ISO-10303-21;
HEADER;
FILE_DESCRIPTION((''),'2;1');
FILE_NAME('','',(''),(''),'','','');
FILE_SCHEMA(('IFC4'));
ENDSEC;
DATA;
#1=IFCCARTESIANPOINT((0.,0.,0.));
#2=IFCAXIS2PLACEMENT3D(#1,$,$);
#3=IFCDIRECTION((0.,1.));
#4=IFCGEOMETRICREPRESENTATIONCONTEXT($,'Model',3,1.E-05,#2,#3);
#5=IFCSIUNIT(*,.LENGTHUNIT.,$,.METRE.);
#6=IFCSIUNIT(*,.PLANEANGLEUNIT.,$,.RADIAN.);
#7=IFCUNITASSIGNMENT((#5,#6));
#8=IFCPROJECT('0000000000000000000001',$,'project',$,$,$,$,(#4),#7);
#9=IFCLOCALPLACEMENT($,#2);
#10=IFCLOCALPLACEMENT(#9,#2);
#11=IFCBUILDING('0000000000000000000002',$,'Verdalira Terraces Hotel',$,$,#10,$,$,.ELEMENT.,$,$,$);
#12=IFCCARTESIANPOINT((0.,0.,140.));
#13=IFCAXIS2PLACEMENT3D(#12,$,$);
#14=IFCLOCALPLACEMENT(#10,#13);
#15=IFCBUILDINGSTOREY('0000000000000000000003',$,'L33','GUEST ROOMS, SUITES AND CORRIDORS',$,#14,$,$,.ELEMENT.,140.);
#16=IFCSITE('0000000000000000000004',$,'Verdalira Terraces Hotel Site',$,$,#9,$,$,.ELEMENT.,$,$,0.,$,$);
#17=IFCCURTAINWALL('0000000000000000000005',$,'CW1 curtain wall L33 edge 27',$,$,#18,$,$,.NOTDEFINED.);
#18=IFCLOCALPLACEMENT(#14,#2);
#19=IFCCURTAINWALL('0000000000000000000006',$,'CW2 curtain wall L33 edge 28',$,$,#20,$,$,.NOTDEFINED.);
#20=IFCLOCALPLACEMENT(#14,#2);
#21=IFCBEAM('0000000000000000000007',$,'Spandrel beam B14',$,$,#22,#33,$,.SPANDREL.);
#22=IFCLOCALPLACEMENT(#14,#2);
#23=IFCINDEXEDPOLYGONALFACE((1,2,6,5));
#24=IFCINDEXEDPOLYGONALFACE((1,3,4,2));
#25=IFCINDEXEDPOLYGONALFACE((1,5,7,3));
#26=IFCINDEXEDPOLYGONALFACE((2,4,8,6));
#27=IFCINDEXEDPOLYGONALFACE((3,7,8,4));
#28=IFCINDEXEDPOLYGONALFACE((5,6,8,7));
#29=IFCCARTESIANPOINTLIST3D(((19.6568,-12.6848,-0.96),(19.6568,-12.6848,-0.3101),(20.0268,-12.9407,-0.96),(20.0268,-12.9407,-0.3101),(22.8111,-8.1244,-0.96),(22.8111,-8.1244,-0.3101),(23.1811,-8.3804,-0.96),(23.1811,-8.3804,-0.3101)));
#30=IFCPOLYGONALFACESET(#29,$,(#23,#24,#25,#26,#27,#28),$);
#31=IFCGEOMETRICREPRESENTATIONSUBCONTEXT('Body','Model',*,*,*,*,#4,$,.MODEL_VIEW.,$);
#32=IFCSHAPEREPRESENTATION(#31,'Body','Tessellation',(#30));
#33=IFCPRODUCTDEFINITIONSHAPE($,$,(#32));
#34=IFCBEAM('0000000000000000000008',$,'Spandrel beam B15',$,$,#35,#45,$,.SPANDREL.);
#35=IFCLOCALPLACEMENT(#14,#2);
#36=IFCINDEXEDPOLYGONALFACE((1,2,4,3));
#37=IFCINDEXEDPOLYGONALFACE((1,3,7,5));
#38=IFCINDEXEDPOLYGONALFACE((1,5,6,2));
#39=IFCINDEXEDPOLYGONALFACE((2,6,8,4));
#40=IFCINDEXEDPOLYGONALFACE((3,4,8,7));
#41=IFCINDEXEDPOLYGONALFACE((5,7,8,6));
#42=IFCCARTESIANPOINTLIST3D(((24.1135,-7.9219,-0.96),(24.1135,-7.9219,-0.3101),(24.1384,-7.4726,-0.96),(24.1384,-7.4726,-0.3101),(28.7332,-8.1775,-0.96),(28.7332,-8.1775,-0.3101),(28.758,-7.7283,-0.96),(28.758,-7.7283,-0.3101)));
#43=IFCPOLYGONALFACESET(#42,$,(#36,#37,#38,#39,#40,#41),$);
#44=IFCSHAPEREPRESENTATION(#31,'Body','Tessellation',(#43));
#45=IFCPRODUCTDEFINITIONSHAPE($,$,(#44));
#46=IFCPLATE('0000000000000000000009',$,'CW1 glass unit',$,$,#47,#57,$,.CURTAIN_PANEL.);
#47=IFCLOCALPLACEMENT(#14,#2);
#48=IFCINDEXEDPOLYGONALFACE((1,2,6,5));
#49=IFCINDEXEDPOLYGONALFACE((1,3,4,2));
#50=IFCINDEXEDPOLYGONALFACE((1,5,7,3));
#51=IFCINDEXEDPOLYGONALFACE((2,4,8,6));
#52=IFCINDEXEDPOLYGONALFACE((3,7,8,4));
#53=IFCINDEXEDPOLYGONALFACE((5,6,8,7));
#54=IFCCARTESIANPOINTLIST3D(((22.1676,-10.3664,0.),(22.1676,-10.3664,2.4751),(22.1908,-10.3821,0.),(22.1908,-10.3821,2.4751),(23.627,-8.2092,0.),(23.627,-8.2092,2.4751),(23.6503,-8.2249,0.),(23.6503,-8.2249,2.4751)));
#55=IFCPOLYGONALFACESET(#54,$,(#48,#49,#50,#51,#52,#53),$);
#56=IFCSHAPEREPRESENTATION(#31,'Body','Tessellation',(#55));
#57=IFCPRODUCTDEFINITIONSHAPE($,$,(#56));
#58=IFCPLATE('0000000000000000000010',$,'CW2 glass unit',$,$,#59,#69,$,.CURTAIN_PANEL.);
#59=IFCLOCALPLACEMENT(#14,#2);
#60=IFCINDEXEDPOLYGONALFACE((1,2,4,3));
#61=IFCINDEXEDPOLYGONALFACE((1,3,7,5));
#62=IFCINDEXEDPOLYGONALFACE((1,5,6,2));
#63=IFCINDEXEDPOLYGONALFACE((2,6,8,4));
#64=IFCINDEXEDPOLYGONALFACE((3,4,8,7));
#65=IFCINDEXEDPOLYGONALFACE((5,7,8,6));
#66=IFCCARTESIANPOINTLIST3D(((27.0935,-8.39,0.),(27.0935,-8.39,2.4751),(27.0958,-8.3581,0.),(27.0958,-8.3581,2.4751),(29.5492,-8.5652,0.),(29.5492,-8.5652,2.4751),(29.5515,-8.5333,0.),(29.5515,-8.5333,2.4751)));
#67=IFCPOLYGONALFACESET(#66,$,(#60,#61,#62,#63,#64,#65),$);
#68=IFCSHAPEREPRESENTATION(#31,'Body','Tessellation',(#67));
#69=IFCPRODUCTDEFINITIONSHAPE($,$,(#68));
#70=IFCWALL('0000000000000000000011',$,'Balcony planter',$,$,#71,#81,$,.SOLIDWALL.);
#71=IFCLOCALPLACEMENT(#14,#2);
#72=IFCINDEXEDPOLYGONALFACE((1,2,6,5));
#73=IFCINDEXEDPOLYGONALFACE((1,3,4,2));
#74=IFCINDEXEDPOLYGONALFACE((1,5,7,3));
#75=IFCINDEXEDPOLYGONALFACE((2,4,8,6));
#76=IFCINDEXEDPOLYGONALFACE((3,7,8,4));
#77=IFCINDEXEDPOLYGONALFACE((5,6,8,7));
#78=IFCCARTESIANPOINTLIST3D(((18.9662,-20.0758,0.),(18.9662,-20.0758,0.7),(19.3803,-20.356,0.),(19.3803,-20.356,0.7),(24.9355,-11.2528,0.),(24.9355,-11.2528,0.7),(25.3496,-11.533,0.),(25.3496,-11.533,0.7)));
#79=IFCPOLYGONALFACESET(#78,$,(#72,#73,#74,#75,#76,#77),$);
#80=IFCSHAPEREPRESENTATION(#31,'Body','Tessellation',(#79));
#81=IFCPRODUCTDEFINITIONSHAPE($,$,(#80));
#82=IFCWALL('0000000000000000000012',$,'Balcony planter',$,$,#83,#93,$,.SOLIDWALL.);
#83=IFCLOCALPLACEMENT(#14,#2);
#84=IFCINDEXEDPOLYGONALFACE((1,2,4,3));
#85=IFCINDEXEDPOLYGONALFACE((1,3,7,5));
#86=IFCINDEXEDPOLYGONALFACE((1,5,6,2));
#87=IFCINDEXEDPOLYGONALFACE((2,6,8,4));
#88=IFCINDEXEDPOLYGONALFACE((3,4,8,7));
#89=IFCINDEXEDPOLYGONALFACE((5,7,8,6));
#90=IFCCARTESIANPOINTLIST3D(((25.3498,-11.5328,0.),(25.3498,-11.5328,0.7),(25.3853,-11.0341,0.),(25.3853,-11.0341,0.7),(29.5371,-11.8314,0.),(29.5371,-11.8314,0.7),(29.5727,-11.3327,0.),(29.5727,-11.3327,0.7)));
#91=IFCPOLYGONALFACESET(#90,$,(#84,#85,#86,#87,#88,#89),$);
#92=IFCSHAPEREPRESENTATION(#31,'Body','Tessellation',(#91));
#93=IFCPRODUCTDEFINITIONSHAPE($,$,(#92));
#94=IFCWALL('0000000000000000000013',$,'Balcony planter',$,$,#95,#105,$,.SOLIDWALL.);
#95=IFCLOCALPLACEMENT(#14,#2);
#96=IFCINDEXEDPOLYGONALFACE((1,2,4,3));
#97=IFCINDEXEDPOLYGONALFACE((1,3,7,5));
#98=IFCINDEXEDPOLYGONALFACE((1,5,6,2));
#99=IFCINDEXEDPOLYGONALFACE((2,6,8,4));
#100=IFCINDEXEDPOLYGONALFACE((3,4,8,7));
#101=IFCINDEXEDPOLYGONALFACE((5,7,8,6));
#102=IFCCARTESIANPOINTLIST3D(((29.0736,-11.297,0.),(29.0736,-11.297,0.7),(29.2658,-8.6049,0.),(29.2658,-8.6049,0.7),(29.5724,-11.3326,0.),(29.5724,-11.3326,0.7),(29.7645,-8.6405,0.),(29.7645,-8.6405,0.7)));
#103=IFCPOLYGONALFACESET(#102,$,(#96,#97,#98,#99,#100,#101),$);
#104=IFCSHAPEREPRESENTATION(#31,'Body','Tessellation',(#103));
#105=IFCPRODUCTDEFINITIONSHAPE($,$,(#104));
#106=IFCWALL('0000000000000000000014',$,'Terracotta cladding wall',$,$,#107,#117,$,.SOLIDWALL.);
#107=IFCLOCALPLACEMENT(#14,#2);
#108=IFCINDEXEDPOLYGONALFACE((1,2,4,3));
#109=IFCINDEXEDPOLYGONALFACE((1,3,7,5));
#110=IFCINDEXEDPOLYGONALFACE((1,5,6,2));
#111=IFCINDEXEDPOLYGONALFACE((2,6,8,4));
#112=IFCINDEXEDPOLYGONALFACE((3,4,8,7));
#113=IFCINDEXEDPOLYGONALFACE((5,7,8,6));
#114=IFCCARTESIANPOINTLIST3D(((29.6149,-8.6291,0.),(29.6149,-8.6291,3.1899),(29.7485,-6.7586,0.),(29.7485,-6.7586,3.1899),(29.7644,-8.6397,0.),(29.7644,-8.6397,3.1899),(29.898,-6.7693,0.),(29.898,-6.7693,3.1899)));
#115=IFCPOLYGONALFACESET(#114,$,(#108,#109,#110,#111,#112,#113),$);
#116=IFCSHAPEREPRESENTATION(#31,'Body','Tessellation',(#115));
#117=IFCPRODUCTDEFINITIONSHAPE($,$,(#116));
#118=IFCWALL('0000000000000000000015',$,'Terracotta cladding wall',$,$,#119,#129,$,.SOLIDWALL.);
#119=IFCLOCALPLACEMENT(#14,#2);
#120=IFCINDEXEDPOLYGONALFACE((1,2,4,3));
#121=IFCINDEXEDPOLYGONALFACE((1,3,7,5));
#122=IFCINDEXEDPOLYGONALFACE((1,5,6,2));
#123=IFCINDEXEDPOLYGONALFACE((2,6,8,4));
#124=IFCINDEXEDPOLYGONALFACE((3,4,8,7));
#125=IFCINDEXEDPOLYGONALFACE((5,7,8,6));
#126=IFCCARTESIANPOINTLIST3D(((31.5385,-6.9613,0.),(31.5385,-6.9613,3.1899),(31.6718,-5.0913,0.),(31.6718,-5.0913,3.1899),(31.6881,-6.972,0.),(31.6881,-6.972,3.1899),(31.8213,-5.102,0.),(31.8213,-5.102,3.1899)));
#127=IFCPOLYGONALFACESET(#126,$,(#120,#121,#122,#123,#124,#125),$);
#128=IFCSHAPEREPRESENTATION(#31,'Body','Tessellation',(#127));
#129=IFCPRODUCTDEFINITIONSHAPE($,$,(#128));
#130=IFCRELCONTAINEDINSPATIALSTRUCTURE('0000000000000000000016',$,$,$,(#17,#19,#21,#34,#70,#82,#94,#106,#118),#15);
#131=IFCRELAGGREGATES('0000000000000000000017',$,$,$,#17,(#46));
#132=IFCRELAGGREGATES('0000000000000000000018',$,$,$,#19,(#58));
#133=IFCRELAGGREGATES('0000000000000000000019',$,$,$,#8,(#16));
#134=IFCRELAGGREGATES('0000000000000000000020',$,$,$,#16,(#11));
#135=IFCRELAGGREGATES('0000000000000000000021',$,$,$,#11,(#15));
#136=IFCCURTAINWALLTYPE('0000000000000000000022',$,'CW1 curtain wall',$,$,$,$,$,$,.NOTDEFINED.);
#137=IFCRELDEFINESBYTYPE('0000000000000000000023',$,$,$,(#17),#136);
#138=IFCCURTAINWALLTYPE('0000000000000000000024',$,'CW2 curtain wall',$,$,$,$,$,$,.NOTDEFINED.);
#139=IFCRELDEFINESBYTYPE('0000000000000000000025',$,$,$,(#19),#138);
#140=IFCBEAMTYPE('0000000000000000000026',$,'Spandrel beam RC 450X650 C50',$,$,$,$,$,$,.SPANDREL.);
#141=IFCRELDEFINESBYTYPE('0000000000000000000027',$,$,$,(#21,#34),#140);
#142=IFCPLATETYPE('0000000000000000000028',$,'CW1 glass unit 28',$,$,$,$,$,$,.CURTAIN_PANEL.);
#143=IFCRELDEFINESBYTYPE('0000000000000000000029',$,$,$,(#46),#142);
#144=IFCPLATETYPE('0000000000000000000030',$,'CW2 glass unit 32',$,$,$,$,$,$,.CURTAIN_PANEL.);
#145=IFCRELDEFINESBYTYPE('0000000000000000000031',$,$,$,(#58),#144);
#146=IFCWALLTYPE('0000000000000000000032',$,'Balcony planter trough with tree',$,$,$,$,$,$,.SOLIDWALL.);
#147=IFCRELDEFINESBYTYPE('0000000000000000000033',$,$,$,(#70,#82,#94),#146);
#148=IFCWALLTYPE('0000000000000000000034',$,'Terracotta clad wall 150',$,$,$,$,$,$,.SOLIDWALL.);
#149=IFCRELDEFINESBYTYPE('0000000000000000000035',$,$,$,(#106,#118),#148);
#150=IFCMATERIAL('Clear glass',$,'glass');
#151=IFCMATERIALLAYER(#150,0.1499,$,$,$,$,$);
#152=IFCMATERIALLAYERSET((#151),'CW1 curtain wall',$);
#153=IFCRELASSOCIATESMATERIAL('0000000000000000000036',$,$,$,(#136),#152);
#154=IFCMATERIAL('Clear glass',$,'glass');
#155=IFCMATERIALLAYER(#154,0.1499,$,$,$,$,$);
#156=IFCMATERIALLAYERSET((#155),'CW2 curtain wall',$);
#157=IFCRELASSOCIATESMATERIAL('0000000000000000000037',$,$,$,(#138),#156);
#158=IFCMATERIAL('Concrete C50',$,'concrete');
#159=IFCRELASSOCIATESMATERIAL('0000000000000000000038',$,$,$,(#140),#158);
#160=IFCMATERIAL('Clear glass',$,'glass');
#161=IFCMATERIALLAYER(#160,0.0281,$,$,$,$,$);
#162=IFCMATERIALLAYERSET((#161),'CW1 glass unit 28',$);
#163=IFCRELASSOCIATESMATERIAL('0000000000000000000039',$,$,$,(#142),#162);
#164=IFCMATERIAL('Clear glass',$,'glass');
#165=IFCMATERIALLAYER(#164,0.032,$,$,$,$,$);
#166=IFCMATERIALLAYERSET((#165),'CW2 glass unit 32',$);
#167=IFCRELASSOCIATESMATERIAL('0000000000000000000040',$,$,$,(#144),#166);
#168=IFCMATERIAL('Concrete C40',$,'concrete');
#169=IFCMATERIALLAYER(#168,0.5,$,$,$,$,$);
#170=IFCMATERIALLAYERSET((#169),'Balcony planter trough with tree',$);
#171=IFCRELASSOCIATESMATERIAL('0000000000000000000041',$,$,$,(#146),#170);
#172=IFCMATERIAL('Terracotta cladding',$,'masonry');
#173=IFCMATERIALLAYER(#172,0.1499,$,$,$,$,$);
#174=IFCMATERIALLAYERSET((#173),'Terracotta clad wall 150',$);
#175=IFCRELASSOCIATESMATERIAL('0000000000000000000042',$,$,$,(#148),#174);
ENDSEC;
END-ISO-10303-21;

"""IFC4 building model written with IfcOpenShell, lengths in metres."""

from ifc_helpers import new_model, si_unit, direction, frame, frame_2d, origin, origin_2d, place, context, subcontext, project, spatial, rectangle, extrude, material, layer, layer_set, material_profile, profile_set, type_object, element, aggregate, save


model = new_model("IFC4")

# Units and contexts
model_context = context("Model", 3, precision=1e-05, world=origin(), true_north=direction((0.0, 1.0)))
body_context = subcontext(model_context, "Body", "Model", "MODEL_VIEW")
ifc_project = project(units=[si_unit("LENGTHUNIT", "METRE"), si_unit("PLANEANGLEUNIT", "RADIAN")], contexts=[model_context])

# Site, building, storey
site_placement = place(None, origin())
site = spatial("IfcSite", under=ifc_project, at=site_placement, Name="Verdalira Terraces Hotel Site", CompositionType="ELEMENT", RefElevation=0.0)
building_placement = place(site_placement, origin())
building = spatial("IfcBuilding", under=site, at=building_placement, Name="Verdalira Terraces Hotel", CompositionType="ELEMENT")
storey_placement = place(building_placement, frame((0.0, 0.0, 140.0)))
storey = spatial("IfcBuildingStorey", under=building, at=storey_placement, Name="L33", Description="GUEST ROOMS, SUITES AND CORRIDORS", CompositionType="ELEMENT", Elevation=140.0)

# Curtain wall
ifc_material_1 = material(Name="Clear glass", Category="glass")
ifc_layer_1 = layer(ifc_material_1, 0.1499)
ifc_layer_set_1 = layer_set([ifc_layer_1], Name="CW1 curtain wall")
curtain_wall_type_1 = type_object("IfcCurtainWallType", Name="CW1 curtain wall", PredefinedType="NOTDEFINED", material=ifc_layer_set_1)
curtain_wall_1_placement = place(storey_placement, origin())
curtain_wall_1 = element("IfcCurtainWall", 1, at=curtain_wall_1_placement, inside=storey, type_object=curtain_wall_type_1, Name="CW1 curtain wall L33 edge 27", PredefinedType="NOTDEFINED")

# Curtain wall
ifc_material_2 = material(Name="Clear glass", Category="glass")
ifc_layer_2 = layer(ifc_material_2, 0.1499)
ifc_layer_set_2 = layer_set([ifc_layer_2], Name="CW2 curtain wall")
curtain_wall_type_2 = type_object("IfcCurtainWallType", Name="CW2 curtain wall", PredefinedType="NOTDEFINED", material=ifc_layer_set_2)
curtain_wall_2_placement = place(storey_placement, origin())
curtain_wall_2 = element("IfcCurtainWall", 2, at=curtain_wall_2_placement, inside=storey, type_object=curtain_wall_type_2, Name="CW2 curtain wall L33 edge 28", PredefinedType="NOTDEFINED")

# Beams
ifc_material_3 = material(Name="Concrete C50", Category="concrete")
ifc_material_profile_1 = material_profile(ifc_material_3, rectangle(XDim=0.45, YDim=0.6499, at=origin_2d()), Name="RC 450X650")
ifc_profile_set_1 = profile_set([ifc_material_profile_1], Name="Concrete C50")
beam_type_1 = type_object("IfcBeamType", Name="Spandrel beam RC 450X650 C50", PredefinedType="SPANDREL", material=ifc_profile_set_1)
beam_1_placement = place(storey_placement, frame((19.8418, -12.8127, -0.635), z_axis=(0.568864, 0.822431, 0.0), x_axis=(-0.822431, 0.568864, 0.0)))
element("IfcBeam", 3, at=beam_1_placement, inside=storey, type_object=beam_type_1, Name="Spandrel beam B14", PredefinedType="SPANDREL", context=body_context, shape_type="SweptSolid", body=[
    extrude(rectangle(XDim=0.45, YDim=0.6499, at=origin_2d()), origin(), (0.0, 0.0, 1.0), 5.5449),
])
beam_2_placement = place(storey_placement, frame((24.126, -7.6973, -0.635), z_axis=(0.998473, -0.055248, 0.0), x_axis=(0.055248, 0.998473, 0.0)))
element("IfcBeam", 4, at=beam_2_placement, inside=storey, type_object=beam_type_1, Name="Spandrel beam B15", PredefinedType="SPANDREL", context=body_context, shape_type="SweptSolid", body=[
    extrude(rectangle(XDim=0.45, YDim=0.6499, at=origin_2d()), origin(), (0.0, 0.0, 1.0), 4.6267),
])

# Plates
ifc_material_4 = material(Name="Clear glass", Category="glass")
ifc_layer_3 = layer(ifc_material_4, 0.0281)
ifc_layer_set_3 = layer_set([ifc_layer_3], Name="CW1 glass unit 28")
plate_type_1 = type_object("IfcPlateType", Name="CW1 glass unit 28", PredefinedType="CURTAIN_PANEL", material=ifc_layer_set_3)
plate_1_placement = place(storey_placement, frame((22.9089, -9.2957, 0.0), z_axis=(0.0, 0.0, 1.0), x_axis=(0.56035, 0.828256, 0.0)))
plate_1 = element("IfcPlate", 5, at=plate_1_placement, type_object=plate_type_1, Name="CW1 glass unit", PredefinedType="CURTAIN_PANEL", context=body_context, shape_type="SweptSolid", body=[
    extrude(rectangle(XDim=2.6045, YDim=0.0281, at=origin_2d()), origin(), (0.0, 0.0, 1.0), 2.4751),
])
aggregate(curtain_wall_1, [plate_1])
ifc_material_5 = material(Name="Clear glass", Category="glass")
ifc_layer_4 = layer(ifc_material_5, 0.032)
ifc_layer_set_4 = layer_set([ifc_layer_4], Name="CW2 glass unit 32")
plate_type_2 = type_object("IfcPlateType", Name="CW2 glass unit 32", PredefinedType="CURTAIN_PANEL", material=ifc_layer_set_4)
plate_2_placement = place(storey_placement, frame((28.3225, -8.4617, 0.0), z_axis=(0.0, 0.0, 1.0), x_axis=(0.997466, -0.071149, 0.0)))
plate_2 = element("IfcPlate", 6, at=plate_2_placement, type_object=plate_type_2, Name="CW2 glass unit", PredefinedType="CURTAIN_PANEL", context=body_context, shape_type="SweptSolid", body=[
    extrude(rectangle(XDim=2.4619, YDim=0.032, at=origin_2d()), origin(), (0.0, 0.0, 1.0), 2.4751),
])
aggregate(curtain_wall_2, [plate_2])

# Walls
ifc_material_6 = material(Name="Concrete C40", Category="concrete")
ifc_layer_5 = layer(ifc_material_6, 0.5)
ifc_layer_set_5 = layer_set([ifc_layer_5], Name="Balcony planter trough with tree")
wall_type_1 = type_object("IfcWallType", Name="Balcony planter trough with tree", PredefinedType="SOLIDWALL", material=ifc_layer_set_5)
wall_1_placement = place(storey_placement, frame((19.1733, -20.2158, 0.0), z_axis=(0.0, 0.0, 1.0), x_axis=(0.560357, 0.828251, 0.0)))
element("IfcWall", 7, at=wall_1_placement, inside=storey, type_object=wall_type_1, Name="Balcony planter", PredefinedType="SOLIDWALL", context=body_context, shape_type="SweptSolid", body=[
    extrude(rectangle(XDim=10.6526, YDim=0.5, at=frame_2d((5.3262, 0.0))), origin(), (0.0, 0.0, 1.0), 0.7),
])
wall_2_placement = place(storey_placement, frame((25.3674, -11.2834, 0.0), z_axis=(0.0, 0.0, 1.0), x_axis=(0.997467, -0.071127, 0.0)))
element("IfcWall", 8, at=wall_2_placement, inside=storey, type_object=wall_type_1, Name="Balcony planter", PredefinedType="SOLIDWALL", context=body_context, shape_type="SweptSolid", body=[
    extrude(rectangle(XDim=4.198, YDim=0.5, at=frame_2d((2.0991, 0.0))), origin(), (0.0, 0.0, 1.0), 0.7),
])
wall_3_placement = place(storey_placement, frame((29.323, -11.3149, 0.0), z_axis=(0.0, 0.0, 1.0), x_axis=(0.071189, 0.997463, 0.0)))
element("IfcWall", 9, at=wall_3_placement, inside=storey, type_object=wall_type_1, Name="Balcony planter", PredefinedType="SOLIDWALL", context=body_context, shape_type="SweptSolid", body=[
    extrude(rectangle(XDim=2.699, YDim=0.5, at=frame_2d((1.3496, 0.0))), origin(), (0.0, 0.0, 1.0), 0.7),
])
ifc_material_7 = material(Name="Terracotta cladding", Category="masonry")
ifc_layer_6 = layer(ifc_material_7, 0.1499)
ifc_layer_set_6 = layer_set([ifc_layer_6], Name="Terracotta clad wall 150")
wall_type_2 = type_object("IfcWallType", Name="Terracotta clad wall 150", PredefinedType="SOLIDWALL", material=ifc_layer_set_6)
wall_4_placement = place(storey_placement, frame((29.6897, -8.6343, 0.0), z_axis=(0.0, 0.0, 1.0), x_axis=(0.071219, 0.997461, 0.0)))
element("IfcWall", 10, at=wall_4_placement, inside=storey, type_object=wall_type_2, Name="Terracotta cladding wall", PredefinedType="SOLIDWALL", context=body_context, shape_type="SweptSolid", body=[
    extrude(rectangle(XDim=1.8752, YDim=0.1499, at=frame_2d((0.9375, 0.0))), origin(), (0.0, 0.0, 1.0), 3.1899),
])
wall_5_placement = place(storey_placement, frame((31.6133, -6.9668, 0.0), z_axis=(0.0, 0.0, 1.0), x_axis=(0.071099, 0.997469, 0.0)))
element("IfcWall", 11, at=wall_5_placement, inside=storey, type_object=wall_type_2, Name="Terracotta cladding wall", PredefinedType="SOLIDWALL", context=body_context, shape_type="SweptSolid", body=[
    extrude(rectangle(XDim=1.8748, YDim=0.1499, at=frame_2d((0.9375, 0.0))), origin(), (0.0, 0.0, 1.0), 3.1899),
])

save(model, "model.ifc")
